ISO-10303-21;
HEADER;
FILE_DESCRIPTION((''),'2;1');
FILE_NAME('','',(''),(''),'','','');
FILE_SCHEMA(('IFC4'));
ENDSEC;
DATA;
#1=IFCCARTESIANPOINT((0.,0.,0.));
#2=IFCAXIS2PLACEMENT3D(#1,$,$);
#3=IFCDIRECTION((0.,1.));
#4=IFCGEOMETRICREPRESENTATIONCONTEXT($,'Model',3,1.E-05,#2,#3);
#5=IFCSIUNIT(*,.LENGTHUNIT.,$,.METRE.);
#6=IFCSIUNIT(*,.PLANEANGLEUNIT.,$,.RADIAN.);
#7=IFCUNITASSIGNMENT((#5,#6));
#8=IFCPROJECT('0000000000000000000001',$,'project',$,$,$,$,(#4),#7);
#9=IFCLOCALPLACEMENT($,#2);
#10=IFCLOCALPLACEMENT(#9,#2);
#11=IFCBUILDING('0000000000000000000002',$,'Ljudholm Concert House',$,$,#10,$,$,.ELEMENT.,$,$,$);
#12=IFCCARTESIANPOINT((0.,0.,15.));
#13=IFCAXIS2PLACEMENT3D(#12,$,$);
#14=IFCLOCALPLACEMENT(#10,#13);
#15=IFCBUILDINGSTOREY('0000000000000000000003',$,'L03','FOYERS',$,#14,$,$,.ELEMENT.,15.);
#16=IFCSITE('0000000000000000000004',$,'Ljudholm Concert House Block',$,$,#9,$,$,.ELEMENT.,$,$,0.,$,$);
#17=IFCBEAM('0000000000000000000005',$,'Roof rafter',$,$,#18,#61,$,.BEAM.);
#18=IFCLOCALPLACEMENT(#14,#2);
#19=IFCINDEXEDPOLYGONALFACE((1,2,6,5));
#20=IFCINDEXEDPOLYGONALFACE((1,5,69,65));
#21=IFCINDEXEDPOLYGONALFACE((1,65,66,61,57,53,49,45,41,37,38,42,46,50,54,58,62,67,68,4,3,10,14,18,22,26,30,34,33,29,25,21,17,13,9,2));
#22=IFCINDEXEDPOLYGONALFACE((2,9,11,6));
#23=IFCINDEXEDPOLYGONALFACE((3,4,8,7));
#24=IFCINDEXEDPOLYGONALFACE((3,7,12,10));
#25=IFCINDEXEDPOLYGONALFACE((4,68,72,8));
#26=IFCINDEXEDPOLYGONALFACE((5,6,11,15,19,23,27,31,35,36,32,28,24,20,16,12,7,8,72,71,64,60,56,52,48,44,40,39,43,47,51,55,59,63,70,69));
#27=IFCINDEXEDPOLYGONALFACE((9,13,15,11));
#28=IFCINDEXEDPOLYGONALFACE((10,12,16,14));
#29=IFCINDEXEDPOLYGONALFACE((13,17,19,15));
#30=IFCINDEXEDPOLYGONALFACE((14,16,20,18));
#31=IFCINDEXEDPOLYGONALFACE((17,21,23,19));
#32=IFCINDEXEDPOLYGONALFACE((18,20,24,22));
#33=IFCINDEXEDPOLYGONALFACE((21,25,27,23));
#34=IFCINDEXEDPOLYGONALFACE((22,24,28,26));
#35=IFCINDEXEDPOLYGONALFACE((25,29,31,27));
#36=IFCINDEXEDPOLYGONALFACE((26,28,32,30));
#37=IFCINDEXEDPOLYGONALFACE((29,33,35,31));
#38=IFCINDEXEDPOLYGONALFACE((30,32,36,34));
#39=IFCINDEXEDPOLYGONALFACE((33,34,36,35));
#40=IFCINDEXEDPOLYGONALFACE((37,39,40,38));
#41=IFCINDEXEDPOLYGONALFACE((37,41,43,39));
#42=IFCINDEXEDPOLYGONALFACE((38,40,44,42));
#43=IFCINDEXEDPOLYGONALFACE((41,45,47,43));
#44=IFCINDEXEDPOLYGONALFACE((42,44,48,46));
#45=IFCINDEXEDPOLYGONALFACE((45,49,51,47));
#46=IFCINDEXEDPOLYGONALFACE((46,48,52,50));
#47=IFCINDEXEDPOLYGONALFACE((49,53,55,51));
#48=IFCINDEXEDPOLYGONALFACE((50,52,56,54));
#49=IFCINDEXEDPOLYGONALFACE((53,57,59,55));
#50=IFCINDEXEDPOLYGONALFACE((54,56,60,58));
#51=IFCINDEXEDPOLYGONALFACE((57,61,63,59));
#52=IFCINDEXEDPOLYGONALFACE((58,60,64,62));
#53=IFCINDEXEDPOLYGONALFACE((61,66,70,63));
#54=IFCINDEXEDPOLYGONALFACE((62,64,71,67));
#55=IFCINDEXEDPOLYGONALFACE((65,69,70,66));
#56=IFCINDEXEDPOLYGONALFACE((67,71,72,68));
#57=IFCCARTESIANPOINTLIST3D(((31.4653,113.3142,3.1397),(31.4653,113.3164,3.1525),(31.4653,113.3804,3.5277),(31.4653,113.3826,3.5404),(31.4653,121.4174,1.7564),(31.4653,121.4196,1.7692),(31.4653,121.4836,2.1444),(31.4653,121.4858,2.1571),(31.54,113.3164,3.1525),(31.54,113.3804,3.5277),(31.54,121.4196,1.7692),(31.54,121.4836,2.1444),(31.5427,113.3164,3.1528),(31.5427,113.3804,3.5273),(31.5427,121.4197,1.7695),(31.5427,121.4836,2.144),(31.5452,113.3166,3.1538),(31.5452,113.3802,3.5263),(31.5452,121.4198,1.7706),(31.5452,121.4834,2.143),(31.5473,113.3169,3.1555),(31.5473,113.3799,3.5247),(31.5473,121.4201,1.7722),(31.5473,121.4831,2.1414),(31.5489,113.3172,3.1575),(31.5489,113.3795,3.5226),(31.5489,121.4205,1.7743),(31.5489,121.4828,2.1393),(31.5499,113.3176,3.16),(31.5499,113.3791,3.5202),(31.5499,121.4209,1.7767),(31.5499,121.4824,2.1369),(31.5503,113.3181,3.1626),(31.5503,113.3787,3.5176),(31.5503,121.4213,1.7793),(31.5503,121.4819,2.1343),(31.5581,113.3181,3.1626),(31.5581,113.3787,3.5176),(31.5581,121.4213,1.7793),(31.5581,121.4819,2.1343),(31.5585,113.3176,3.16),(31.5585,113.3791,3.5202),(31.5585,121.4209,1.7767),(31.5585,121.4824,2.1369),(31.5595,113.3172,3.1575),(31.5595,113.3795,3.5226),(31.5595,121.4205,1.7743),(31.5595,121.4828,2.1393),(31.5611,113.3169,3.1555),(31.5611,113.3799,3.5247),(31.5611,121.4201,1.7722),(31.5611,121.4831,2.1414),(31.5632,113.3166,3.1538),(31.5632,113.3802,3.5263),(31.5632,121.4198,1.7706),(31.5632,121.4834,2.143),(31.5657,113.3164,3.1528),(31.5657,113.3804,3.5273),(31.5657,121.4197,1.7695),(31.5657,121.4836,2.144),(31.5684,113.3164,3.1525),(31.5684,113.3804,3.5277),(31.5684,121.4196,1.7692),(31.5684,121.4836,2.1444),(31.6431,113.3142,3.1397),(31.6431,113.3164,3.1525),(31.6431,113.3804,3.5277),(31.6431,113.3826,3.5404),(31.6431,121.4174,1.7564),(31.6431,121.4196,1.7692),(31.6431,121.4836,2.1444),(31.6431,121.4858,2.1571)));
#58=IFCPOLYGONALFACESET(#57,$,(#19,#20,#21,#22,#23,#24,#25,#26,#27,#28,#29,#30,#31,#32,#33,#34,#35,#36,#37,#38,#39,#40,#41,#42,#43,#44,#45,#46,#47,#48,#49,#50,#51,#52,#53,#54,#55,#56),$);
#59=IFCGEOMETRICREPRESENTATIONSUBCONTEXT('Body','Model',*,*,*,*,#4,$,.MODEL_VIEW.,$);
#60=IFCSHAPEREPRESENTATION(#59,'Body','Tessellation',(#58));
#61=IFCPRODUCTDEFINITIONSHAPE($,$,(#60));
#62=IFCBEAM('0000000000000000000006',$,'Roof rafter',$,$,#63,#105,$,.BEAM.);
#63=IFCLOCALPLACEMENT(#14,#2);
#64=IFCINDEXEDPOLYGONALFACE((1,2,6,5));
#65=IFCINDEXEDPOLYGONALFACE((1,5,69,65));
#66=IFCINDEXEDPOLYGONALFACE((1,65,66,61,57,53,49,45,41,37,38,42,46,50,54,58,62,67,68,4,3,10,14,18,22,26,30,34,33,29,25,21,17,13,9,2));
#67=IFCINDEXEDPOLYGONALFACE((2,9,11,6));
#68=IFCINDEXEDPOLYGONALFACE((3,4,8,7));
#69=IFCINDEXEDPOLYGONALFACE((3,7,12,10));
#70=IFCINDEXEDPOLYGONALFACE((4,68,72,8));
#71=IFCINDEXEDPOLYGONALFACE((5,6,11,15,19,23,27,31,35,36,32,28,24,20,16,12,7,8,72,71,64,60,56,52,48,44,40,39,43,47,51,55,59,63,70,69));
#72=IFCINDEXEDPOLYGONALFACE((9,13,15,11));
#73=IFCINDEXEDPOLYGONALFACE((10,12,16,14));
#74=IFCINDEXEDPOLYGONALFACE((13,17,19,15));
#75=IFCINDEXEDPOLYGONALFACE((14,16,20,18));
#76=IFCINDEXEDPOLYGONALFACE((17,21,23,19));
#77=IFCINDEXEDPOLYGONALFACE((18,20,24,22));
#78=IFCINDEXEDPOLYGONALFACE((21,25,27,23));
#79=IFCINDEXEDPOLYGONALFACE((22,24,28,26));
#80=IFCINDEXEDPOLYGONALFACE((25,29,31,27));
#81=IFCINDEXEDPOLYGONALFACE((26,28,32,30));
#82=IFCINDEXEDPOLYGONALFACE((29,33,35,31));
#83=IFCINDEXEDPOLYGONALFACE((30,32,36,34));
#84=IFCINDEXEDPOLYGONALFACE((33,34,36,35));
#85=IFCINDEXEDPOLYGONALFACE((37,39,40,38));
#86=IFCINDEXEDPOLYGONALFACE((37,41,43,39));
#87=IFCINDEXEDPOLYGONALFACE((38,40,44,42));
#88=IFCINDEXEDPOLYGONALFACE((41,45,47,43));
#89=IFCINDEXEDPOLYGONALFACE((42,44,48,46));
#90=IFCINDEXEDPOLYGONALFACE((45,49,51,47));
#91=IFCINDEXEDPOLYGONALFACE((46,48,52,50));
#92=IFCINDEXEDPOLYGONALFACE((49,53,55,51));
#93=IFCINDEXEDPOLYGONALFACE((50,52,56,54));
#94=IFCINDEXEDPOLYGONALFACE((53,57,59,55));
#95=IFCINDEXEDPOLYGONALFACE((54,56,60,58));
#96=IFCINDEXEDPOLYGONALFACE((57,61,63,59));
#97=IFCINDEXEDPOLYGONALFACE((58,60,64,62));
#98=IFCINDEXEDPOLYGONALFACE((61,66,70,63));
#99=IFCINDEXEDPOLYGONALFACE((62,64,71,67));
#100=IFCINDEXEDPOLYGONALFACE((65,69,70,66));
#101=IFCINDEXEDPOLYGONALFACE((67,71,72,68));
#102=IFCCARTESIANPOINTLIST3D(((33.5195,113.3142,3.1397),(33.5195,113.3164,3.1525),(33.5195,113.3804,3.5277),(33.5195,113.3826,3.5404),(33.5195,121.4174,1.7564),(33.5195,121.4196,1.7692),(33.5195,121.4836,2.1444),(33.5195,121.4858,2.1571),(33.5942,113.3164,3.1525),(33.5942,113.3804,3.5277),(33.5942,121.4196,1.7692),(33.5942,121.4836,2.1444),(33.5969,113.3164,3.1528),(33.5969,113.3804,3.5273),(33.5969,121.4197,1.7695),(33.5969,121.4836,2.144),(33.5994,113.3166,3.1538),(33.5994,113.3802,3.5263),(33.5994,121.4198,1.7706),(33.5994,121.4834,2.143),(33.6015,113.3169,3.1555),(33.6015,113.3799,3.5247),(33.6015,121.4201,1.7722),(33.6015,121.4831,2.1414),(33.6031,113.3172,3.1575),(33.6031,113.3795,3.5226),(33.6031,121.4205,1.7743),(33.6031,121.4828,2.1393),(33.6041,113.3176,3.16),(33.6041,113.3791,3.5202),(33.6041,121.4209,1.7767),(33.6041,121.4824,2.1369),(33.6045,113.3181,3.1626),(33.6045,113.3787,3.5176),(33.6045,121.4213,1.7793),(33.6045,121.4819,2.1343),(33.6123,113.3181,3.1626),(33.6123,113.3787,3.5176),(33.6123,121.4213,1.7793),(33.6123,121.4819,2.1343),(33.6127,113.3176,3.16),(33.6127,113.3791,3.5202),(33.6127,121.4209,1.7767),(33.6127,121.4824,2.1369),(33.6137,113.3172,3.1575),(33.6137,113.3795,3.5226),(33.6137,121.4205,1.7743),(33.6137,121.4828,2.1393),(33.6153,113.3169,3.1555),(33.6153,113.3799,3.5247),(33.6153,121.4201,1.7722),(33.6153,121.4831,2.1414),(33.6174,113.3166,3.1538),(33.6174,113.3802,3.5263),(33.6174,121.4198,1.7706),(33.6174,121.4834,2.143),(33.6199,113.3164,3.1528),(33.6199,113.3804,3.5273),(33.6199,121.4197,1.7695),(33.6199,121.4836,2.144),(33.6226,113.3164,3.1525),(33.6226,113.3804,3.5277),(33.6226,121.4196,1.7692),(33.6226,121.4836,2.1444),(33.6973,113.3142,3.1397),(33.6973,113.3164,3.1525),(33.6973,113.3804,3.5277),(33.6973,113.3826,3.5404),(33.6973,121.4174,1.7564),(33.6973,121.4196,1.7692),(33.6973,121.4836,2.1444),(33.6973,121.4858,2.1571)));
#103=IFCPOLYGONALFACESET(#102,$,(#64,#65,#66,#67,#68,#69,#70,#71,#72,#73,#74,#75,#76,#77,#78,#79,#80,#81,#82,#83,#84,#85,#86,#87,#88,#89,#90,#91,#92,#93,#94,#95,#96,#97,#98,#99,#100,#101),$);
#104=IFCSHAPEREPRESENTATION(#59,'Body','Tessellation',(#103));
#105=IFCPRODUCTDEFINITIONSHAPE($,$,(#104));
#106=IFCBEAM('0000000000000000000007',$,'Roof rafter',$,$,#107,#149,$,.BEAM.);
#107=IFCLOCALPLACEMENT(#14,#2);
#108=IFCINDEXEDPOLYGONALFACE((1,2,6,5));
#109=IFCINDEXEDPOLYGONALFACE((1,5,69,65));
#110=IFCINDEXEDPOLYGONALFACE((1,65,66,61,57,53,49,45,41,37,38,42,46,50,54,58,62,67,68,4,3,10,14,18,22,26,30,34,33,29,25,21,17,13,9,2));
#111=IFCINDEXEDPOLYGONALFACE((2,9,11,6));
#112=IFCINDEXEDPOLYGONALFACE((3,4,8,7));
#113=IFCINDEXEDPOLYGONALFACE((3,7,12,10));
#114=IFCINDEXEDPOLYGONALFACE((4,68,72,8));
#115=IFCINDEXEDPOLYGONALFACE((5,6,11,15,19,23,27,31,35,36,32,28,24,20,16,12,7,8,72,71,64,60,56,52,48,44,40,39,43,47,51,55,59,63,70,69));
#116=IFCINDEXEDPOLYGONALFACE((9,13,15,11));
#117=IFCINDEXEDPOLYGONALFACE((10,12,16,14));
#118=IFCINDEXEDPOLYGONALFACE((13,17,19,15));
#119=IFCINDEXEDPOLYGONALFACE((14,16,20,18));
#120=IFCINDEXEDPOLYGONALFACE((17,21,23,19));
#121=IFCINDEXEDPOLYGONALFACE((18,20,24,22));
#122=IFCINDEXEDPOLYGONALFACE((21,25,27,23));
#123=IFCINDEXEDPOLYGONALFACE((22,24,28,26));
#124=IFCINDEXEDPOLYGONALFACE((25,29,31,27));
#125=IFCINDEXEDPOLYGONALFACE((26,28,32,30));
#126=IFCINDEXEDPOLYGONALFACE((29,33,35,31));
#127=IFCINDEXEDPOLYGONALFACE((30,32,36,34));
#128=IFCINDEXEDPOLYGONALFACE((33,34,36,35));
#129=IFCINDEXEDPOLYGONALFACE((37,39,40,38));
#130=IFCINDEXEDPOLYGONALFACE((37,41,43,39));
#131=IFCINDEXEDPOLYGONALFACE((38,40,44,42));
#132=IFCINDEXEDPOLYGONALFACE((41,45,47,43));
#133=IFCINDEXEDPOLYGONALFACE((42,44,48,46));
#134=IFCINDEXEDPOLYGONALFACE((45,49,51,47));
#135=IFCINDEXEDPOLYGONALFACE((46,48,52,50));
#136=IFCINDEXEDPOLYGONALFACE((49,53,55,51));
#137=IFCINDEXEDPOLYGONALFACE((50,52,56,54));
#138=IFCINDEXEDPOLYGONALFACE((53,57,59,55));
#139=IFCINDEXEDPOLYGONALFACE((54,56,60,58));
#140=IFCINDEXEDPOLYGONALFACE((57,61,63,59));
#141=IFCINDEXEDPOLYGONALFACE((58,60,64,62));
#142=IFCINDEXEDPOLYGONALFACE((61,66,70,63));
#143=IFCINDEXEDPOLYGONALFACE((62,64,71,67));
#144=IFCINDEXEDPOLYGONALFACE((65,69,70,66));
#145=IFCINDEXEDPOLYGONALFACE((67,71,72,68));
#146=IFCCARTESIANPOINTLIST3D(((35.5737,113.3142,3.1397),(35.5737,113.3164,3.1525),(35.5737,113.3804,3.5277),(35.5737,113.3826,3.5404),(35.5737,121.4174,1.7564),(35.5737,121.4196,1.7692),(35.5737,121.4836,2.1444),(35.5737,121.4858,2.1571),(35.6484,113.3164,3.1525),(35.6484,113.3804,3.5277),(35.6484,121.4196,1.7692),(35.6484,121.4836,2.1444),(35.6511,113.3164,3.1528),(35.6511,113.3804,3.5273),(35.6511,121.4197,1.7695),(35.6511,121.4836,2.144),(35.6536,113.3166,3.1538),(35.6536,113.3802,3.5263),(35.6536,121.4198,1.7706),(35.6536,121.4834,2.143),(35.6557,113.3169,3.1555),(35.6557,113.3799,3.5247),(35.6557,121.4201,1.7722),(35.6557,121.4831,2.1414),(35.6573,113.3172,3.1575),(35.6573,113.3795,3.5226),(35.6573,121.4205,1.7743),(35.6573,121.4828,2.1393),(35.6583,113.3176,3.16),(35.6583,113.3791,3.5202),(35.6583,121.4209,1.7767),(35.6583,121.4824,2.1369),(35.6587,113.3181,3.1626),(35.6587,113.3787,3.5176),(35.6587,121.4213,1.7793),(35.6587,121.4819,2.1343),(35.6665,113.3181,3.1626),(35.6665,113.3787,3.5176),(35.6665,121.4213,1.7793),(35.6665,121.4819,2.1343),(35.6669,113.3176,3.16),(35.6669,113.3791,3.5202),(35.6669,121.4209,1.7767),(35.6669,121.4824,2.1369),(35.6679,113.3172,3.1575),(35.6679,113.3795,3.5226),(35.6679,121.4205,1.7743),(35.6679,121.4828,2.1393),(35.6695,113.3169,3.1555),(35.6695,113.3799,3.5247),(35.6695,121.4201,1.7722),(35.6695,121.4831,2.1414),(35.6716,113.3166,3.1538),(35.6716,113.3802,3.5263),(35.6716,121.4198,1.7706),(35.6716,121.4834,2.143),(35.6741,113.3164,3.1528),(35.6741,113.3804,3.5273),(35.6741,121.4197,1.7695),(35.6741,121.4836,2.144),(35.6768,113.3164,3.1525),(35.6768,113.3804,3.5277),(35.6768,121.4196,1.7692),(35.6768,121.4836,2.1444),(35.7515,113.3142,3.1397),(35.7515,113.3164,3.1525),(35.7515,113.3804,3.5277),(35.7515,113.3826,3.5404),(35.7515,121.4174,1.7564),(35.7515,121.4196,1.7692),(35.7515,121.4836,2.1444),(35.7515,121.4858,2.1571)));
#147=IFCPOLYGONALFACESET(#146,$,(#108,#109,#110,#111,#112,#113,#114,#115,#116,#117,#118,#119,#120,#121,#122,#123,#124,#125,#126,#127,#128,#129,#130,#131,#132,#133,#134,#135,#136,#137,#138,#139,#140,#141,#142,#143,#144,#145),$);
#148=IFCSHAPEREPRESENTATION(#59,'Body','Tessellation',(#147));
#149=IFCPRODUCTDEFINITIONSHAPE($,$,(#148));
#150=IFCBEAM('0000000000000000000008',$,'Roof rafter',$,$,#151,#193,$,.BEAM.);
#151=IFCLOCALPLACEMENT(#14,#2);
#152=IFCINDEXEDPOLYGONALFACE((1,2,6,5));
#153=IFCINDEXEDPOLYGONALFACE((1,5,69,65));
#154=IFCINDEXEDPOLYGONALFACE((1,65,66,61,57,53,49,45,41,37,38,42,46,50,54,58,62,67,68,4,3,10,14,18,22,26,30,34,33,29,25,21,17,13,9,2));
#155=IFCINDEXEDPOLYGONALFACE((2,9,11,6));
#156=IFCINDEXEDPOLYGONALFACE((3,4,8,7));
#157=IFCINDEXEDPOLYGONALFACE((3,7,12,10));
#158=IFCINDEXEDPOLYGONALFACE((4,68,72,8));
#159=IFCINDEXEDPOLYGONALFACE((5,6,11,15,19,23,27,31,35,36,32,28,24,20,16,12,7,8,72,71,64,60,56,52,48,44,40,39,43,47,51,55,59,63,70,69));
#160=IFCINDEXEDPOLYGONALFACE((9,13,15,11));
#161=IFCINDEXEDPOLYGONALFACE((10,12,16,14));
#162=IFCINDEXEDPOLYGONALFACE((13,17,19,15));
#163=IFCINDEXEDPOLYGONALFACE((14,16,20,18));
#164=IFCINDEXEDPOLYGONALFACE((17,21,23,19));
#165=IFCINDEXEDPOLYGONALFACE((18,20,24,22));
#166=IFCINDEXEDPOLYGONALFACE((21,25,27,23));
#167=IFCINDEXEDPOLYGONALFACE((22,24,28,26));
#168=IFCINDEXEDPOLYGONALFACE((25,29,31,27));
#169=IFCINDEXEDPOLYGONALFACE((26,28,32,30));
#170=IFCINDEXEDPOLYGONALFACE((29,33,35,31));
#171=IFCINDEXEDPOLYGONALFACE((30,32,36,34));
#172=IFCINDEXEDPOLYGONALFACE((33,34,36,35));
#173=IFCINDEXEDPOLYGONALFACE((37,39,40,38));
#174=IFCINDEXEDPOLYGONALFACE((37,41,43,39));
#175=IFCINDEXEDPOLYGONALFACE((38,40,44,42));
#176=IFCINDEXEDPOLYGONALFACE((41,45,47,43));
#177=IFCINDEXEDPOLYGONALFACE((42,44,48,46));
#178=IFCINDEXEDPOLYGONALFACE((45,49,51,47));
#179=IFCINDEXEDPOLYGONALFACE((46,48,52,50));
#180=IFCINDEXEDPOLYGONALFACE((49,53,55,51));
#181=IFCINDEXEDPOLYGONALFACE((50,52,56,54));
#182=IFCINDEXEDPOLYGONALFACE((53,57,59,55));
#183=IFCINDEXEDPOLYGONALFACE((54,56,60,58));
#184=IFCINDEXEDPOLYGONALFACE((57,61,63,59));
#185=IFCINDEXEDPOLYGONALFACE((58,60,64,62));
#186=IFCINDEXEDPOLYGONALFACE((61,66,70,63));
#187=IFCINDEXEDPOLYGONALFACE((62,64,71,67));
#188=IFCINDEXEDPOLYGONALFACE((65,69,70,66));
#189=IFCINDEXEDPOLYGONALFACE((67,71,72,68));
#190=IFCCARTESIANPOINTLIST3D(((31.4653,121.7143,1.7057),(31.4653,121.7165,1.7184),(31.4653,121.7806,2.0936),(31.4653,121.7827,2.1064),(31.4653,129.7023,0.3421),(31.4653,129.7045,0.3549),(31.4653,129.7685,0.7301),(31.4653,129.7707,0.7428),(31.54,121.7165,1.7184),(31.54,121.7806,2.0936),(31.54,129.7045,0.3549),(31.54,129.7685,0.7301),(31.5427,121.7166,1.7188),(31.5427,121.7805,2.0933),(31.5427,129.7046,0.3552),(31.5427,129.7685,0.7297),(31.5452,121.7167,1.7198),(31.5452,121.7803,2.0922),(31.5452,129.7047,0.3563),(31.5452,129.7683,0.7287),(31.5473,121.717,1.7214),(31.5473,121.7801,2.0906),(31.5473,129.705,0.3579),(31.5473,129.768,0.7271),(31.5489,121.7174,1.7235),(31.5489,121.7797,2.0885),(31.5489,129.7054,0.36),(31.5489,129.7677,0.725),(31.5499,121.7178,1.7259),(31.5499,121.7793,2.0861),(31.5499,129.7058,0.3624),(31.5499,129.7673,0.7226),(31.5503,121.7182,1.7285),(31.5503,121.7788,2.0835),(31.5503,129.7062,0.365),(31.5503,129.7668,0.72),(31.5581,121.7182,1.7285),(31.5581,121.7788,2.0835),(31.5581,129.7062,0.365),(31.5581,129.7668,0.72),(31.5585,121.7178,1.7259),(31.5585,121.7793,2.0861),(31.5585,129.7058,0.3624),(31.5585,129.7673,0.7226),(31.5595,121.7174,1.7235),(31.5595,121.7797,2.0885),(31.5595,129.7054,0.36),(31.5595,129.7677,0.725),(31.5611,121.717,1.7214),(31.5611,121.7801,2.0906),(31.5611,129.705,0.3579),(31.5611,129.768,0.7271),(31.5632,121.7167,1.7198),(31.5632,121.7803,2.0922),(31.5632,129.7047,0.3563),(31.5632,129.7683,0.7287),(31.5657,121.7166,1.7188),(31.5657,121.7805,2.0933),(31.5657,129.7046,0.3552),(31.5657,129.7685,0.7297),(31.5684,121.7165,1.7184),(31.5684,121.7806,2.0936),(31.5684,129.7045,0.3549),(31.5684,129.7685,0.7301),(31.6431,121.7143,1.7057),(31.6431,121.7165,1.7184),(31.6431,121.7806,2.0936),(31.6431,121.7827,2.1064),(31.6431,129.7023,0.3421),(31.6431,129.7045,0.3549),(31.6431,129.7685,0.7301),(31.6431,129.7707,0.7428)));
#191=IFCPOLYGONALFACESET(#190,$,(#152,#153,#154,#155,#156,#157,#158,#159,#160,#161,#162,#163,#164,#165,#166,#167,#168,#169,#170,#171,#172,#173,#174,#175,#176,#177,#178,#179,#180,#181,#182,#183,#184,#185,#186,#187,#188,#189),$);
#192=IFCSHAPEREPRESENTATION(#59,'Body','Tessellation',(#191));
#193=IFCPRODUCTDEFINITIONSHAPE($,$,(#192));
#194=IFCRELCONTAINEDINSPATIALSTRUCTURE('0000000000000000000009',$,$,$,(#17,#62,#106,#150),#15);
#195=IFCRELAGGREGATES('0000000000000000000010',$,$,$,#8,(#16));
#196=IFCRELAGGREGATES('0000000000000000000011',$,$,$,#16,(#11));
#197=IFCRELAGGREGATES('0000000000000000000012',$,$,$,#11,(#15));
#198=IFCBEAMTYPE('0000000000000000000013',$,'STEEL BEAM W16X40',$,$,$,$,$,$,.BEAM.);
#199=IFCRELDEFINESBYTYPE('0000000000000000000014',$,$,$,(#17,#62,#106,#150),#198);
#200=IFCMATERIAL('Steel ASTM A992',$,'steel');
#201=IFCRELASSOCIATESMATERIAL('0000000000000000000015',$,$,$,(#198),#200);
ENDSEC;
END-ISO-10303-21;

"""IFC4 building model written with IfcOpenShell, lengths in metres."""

from ifc_helpers import new_model, si_unit, direction, frame, origin, origin_2d, place, context, subcontext, project, spatial, i_section, extrude, material, material_profile, profile_set, type_object, element, save


model = new_model("IFC4")

# Units and contexts
model_context = context("Model", 3, precision=1e-05, world=origin(), true_north=direction((0.0, 1.0)))
body_context = subcontext(model_context, "Body", "Model", "MODEL_VIEW")
ifc_project = project(units=[si_unit("LENGTHUNIT", "METRE"), si_unit("PLANEANGLEUNIT", "RADIAN")], contexts=[model_context])

# Site, building, storey
site_placement = place(None, origin())
site = spatial("IfcSite", under=ifc_project, at=site_placement, Name="Ljudholm Concert House Block", CompositionType="ELEMENT", RefElevation=0.0)
building_placement = place(site_placement, origin())
building = spatial("IfcBuilding", under=site, at=building_placement, Name="Ljudholm Concert House", CompositionType="ELEMENT")
storey_placement = place(building_placement, frame((0.0, 0.0, 15.0)))
storey = spatial("IfcBuildingStorey", under=building, at=storey_placement, Name="L03", Description="FOYERS", CompositionType="ELEMENT", Elevation=15.0)

# Beams
ifc_material_1 = material(Name="Steel ASTM A992", Category="steel")
ifc_material_profile_1 = material_profile(ifc_material_1, i_section(OverallWidth=0.1777, OverallDepth=0.4065, WebThickness=0.0078, FlangeThickness=0.0129, FilletRadius=0.0103, at=origin_2d()), Name="W16X40")
ifc_profile_set_1 = profile_set([ifc_material_profile_1], Name="Steel ASTM A992")
beam_type = type_object("IfcBeamType", Name="STEEL BEAM W16X40", PredefinedType="BEAM", material=ifc_profile_set_1)
for number, where, z_axis, x_axis, name in (
    (1, (31.5542, 113.3484, 3.3401), (0.0, 0.98574, -0.168275), (-1.0, 0.0, 0.0), "Roof rafter"),
    (2, (33.6084, 113.3484, 3.3401), (0.0, 0.98574, -0.168275), (-1.0, 0.0, 0.0), "Roof rafter"),
    (3, (35.6626, 113.3484, 3.3401), (0.0, 0.98574, -0.168275), (-1.0, 0.0, 0.0), "Roof rafter"),
):
    element("IfcBeam", number, at=place(storey_placement, frame(where, z_axis=z_axis, x_axis=x_axis)), inside=storey, type_object=beam_type, Name=name, PredefinedType="BEAM", context=body_context, shape_type="SweptSolid", body=[
        extrude(i_section(OverallWidth=0.1777, OverallDepth=0.4065, WebThickness=0.0078, FlangeThickness=0.0129, FilletRadius=0.0103, at=origin_2d()), origin(), (0.0, 0.0, 1.0), 8.2205),
    ])
for number, where, z_axis, x_axis, name in (
    (4, (31.5542, 121.7485, 1.906), (0.0, 0.985742, -0.168262), (-1.0, 0.0, 0.0), "Roof rafter"),
):
    element("IfcBeam", number, at=place(storey_placement, frame(where, z_axis=z_axis, x_axis=x_axis)), inside=storey, type_object=beam_type, Name=name, PredefinedType="BEAM", context=body_context, shape_type="SweptSolid", body=[
        extrude(i_section(OverallWidth=0.1777, OverallDepth=0.4065, WebThickness=0.0078, FlangeThickness=0.0129, FilletRadius=0.0103, at=origin_2d()), origin(), (0.0, 0.0, 1.0), 8.1035),
    ])

save(model, "model.ifc")
